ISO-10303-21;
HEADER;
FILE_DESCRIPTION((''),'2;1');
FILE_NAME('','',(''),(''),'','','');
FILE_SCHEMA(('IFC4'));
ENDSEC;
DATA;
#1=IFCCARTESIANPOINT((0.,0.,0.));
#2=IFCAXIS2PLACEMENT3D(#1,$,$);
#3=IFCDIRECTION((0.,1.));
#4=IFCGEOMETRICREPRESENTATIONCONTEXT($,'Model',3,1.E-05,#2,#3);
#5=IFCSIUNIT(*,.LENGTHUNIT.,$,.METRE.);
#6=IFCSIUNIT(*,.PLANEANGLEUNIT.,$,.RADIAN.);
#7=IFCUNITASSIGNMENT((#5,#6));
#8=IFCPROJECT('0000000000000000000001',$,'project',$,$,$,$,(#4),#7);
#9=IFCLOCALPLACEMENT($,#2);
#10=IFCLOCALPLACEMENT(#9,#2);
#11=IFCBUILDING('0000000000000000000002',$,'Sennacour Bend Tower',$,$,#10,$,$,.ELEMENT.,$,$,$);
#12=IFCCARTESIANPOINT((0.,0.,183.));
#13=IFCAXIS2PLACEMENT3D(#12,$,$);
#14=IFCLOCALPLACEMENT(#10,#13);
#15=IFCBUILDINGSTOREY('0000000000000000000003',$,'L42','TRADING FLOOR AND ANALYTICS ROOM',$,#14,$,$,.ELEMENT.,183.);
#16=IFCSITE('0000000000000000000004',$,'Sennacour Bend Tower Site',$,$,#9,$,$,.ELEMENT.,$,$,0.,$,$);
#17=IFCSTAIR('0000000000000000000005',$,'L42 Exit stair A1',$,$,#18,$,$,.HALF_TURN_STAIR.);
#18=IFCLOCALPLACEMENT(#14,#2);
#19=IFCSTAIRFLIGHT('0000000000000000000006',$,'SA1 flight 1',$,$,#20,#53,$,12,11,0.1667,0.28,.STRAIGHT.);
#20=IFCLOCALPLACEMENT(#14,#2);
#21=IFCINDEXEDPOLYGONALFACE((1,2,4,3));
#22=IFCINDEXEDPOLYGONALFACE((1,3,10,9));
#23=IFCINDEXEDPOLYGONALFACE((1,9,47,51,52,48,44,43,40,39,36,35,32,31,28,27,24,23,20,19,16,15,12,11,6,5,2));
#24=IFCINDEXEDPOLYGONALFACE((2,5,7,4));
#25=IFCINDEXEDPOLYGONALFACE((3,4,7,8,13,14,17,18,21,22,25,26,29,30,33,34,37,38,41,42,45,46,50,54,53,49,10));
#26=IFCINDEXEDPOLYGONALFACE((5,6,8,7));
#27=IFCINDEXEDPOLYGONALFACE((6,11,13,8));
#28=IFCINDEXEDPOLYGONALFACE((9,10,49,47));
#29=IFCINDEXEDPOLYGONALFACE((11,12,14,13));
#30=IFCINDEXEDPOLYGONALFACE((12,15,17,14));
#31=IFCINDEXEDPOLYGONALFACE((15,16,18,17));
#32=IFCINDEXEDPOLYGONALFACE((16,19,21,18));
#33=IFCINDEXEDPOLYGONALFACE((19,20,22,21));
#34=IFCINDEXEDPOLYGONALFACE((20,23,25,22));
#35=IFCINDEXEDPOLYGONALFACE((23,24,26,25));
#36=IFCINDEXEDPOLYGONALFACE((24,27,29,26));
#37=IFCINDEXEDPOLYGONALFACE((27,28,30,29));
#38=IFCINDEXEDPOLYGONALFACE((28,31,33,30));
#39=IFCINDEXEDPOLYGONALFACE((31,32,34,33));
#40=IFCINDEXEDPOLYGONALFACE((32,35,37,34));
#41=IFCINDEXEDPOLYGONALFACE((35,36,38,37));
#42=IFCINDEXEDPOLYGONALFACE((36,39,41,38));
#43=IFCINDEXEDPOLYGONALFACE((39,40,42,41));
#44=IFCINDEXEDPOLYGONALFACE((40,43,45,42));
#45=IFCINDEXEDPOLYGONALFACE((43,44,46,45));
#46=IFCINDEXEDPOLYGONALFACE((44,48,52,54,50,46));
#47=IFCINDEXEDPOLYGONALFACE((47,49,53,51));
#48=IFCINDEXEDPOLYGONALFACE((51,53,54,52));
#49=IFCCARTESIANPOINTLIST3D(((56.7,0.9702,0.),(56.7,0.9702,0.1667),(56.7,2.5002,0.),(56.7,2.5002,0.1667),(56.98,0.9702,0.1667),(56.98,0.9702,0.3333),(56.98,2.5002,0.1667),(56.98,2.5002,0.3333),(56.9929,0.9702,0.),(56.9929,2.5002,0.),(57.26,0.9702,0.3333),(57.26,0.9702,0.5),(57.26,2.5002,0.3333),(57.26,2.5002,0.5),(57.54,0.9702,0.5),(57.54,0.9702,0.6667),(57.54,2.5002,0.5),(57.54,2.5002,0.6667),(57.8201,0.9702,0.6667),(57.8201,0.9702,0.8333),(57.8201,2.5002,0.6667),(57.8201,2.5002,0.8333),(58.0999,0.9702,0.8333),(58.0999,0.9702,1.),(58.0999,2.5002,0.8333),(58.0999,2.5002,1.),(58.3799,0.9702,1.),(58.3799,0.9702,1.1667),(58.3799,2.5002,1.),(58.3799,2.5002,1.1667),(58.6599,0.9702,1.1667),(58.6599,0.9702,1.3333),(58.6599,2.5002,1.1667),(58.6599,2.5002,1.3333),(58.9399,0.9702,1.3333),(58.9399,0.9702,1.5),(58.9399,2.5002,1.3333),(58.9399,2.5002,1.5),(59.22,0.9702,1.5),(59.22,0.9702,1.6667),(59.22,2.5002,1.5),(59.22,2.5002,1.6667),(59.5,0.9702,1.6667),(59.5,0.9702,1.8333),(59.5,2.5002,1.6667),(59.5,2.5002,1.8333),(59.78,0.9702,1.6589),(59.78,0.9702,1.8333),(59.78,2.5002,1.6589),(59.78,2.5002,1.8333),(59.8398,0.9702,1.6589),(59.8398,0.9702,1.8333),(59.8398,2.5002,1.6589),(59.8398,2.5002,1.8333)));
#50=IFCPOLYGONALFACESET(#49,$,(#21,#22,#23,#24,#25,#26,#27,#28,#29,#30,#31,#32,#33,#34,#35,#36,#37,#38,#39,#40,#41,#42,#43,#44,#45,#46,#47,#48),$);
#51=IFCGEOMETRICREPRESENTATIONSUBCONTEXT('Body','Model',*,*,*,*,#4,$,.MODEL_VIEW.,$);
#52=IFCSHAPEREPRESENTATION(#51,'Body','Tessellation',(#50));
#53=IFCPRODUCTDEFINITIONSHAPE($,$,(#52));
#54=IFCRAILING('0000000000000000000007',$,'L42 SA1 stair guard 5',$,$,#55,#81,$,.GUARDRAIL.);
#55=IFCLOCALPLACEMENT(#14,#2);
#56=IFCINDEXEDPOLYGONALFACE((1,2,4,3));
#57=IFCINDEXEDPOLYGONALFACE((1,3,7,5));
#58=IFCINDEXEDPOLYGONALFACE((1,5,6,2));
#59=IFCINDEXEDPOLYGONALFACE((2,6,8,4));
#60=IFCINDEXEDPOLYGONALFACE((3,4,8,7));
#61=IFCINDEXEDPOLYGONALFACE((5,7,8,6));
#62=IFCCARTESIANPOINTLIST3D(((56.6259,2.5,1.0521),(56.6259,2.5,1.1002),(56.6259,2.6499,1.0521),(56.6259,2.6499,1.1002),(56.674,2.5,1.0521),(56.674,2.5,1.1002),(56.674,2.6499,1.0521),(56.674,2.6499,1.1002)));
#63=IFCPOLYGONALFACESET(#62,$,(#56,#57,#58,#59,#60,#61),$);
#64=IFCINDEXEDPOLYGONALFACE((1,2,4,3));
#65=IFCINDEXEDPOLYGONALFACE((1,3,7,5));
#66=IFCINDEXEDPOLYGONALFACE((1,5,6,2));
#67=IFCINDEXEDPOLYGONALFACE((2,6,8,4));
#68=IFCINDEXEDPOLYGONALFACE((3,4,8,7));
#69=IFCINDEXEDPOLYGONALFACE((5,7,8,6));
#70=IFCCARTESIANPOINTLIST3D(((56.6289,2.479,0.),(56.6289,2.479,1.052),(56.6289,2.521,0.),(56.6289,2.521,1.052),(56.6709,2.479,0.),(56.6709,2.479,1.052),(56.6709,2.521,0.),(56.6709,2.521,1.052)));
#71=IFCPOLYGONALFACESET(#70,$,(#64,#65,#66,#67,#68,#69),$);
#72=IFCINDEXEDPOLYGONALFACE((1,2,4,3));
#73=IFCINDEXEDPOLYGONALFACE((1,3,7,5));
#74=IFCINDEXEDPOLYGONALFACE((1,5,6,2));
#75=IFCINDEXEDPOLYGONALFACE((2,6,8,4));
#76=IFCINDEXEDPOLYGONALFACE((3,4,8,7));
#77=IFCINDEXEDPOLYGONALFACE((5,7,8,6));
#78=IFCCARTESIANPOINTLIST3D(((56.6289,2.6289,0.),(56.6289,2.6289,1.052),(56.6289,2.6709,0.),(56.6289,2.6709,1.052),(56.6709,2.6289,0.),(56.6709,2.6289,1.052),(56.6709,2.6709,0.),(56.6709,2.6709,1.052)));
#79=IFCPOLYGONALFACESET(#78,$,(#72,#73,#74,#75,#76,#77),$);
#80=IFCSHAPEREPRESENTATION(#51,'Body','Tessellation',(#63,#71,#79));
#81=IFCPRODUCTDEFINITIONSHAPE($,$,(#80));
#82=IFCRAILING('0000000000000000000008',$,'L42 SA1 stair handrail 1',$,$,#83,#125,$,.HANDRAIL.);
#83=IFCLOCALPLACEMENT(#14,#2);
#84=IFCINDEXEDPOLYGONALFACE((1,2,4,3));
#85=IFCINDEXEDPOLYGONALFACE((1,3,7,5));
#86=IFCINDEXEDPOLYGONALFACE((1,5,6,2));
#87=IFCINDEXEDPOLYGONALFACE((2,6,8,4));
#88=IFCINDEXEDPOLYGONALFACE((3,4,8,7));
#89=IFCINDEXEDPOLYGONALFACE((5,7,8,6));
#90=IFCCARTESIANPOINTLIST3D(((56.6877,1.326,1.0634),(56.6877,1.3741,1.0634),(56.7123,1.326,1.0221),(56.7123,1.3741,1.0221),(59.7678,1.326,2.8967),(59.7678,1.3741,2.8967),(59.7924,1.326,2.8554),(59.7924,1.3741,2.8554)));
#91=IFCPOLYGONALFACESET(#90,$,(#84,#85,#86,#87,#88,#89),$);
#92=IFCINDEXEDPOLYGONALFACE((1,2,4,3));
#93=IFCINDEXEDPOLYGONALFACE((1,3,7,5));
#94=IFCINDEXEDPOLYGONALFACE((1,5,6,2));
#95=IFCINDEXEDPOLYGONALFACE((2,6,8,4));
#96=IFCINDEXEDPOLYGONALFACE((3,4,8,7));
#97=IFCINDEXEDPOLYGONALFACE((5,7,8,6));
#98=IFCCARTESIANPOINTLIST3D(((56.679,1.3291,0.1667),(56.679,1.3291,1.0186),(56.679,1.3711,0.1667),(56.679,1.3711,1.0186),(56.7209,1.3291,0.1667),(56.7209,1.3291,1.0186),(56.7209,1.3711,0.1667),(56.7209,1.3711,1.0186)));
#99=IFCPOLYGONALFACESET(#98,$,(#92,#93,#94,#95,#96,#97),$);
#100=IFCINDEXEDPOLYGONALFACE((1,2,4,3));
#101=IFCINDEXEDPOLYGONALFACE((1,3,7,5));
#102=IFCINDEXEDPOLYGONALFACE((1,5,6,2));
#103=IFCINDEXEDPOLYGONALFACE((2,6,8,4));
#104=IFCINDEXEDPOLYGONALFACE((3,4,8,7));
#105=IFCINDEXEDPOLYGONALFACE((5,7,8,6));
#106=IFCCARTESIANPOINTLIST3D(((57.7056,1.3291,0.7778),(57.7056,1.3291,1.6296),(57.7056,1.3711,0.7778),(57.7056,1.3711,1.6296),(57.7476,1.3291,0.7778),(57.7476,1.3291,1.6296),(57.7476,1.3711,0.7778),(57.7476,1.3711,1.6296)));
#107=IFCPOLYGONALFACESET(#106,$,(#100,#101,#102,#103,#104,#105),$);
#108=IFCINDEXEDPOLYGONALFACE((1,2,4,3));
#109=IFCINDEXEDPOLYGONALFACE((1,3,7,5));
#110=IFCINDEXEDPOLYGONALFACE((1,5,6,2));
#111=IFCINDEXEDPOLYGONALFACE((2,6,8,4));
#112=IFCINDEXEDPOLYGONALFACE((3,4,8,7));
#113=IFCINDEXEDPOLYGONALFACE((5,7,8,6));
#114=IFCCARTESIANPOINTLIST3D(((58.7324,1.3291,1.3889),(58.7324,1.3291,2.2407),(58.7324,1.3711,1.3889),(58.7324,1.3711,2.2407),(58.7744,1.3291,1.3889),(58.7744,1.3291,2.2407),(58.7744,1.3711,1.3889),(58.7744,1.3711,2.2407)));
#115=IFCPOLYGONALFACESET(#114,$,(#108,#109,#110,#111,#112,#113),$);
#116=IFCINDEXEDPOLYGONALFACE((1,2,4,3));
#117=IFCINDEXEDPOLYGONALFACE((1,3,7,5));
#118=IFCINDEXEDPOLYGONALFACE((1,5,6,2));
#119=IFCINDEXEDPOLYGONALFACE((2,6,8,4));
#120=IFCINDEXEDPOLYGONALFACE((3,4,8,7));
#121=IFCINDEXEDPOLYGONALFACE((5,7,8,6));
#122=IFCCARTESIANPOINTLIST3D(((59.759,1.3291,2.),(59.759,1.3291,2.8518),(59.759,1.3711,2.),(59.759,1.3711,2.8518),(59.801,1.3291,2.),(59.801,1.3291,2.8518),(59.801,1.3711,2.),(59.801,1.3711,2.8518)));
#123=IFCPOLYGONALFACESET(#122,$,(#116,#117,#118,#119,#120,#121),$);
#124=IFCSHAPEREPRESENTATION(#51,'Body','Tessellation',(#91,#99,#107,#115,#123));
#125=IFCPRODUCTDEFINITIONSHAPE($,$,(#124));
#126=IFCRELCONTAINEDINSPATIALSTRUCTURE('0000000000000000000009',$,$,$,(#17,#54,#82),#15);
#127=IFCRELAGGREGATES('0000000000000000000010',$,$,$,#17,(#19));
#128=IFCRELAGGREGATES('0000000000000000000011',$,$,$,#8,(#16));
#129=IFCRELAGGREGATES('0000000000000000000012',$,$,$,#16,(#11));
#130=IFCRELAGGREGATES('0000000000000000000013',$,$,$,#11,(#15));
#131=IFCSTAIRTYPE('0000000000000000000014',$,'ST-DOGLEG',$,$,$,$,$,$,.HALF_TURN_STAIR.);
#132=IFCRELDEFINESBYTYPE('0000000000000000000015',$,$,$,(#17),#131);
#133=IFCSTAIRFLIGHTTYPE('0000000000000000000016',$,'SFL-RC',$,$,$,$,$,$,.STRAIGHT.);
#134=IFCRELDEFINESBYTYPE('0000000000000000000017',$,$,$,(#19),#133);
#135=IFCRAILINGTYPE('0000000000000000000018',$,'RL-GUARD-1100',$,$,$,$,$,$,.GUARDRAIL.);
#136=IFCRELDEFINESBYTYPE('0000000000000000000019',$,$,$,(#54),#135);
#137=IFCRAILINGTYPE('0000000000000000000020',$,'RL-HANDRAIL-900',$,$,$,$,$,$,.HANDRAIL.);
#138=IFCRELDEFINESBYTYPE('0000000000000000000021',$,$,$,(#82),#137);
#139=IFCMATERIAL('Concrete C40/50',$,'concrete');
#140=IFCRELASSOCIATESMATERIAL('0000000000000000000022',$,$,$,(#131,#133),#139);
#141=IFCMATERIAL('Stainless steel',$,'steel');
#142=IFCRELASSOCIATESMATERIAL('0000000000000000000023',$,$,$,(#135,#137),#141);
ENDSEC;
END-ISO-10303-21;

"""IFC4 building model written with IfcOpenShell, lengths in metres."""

from ifc_helpers import new_model, si_unit, direction, frame, origin, origin_2d, place, context, subcontext, project, spatial, polyline, rectangle, outline, extrude, material, type_object, element, aggregate, save


model = new_model("IFC4")

# Units and contexts
model_context = context("Model", 3, precision=1e-05, world=origin(), true_north=direction((0.0, 1.0)))
body_context = subcontext(model_context, "Body", "Model", "MODEL_VIEW")
ifc_project = project(units=[si_unit("LENGTHUNIT", "METRE"), si_unit("PLANEANGLEUNIT", "RADIAN")], contexts=[model_context])

# Site, building, storey
site_placement = place(None, origin())
site = spatial("IfcSite", under=ifc_project, at=site_placement, Name="Sennacour Bend Tower Site", CompositionType="ELEMENT", RefElevation=0.0)
building_placement = place(site_placement, origin())
building = spatial("IfcBuilding", under=site, at=building_placement, Name="Sennacour Bend Tower", CompositionType="ELEMENT")
storey_placement = place(building_placement, frame((0.0, 0.0, 183.0)))
storey = spatial("IfcBuildingStorey", under=building, at=storey_placement, Name="L42", Description="TRADING FLOOR AND ANALYTICS ROOM", CompositionType="ELEMENT", Elevation=183.0)

# Shared definitions
ifc_material_1 = material(Name="Stainless steel", Category="steel")

# Stair, stair flight
ifc_material_2 = material(Name="Concrete C40/50", Category="concrete")
stair_type = type_object("IfcStairType", Name="ST-DOGLEG", PredefinedType="HALF_TURN_STAIR", material=ifc_material_2)
stair_placement = place(storey_placement, origin())
stair = element("IfcStair", 1, at=stair_placement, inside=storey, type_object=stair_type, Name="L42 Exit stair A1", PredefinedType="HALF_TURN_STAIR")
stair_flight_type = type_object("IfcStairFlightType", Name="SFL-RC", PredefinedType="STRAIGHT", material=ifc_material_2)
stair_flight_placement = place(storey_placement, frame((56.7, 1.7351, 0.0), z_axis=(0.0, 0.0, 1.0), x_axis=(1.0, 0.0, 0.0)))
stair_flight = element("IfcStairFlight", 2, at=stair_flight_placement, type_object=stair_flight_type, Name="SA1 flight 1", NumberOfRisers=12, NumberOfTreads=11, PredefinedType="STRAIGHT", RiserHeight=0.1667, TreadLength=0.28, context=body_context, shape_type="SweptSolid", body=[
    extrude(outline(polyline([(0.0, 0.0), (0.0, 0.1667), (0.28, 0.1667), (0.28, 0.3333), (0.5601, 0.3333), (0.5601, 0.5), (0.8401, 0.5), (0.8401, 0.6667), (1.1201, 0.6667), (1.1201, 0.8333), (1.3999, 0.8333), (1.3999, 1.0), (1.6799, 1.0), (1.6799, 1.1667), (1.96, 1.1667), (1.96, 1.3333), (2.24, 1.3333), (2.24, 1.5), (2.52, 1.5), (2.52, 1.6667), (2.8, 1.6667), (2.8, 1.8333), (3.0801, 1.8333), (3.1399, 1.8333), (3.1399, 1.6589), (3.0801, 1.6589), (0.293, 0.0), (0.0, 0.0)])), frame((0.0, 0.7651, 0.0), z_axis=(0.0, -1.0, 0.0), x_axis=(1.0, 0.0, 0.0)), (0.0, 0.0, 1.0), 1.53),
])
aggregate(stair, [stair_flight])

# Railings
railing_type_1 = type_object("IfcRailingType", Name="RL-GUARD-1100", PredefinedType="GUARDRAIL", material=ifc_material_1)
railing_1_placement = place(storey_placement, frame((56.6499, 2.5, 0.0)))
element("IfcRailing", 3, at=railing_1_placement, inside=storey, type_object=railing_type_1, Name="L42 SA1 stair guard 5", PredefinedType="GUARDRAIL", context=body_context, shape_type="SweptSolid", body=[
    extrude(rectangle(XDim=0.0481, YDim=0.0481, at=origin_2d()), frame((0.0, 0.0, 1.0762), z_axis=(0.0, 1.0, 0.0), x_axis=(-1.0, 0.0, 0.0)), (0.0, 0.0, 1.0), 0.1499),
    extrude(rectangle(XDim=0.042, YDim=0.042, at=origin_2d()), origin(), (0.0, 0.0, 1.0), 1.052),
    extrude(rectangle(XDim=0.042, YDim=0.042, at=origin_2d()), frame((0.0, 0.1499, 0.0)), (0.0, 0.0, 1.0), 1.052),
])
railing_type_2 = type_object("IfcRailingType", Name="RL-HANDRAIL-900", PredefinedType="HANDRAIL", material=ifc_material_1)
railing_2_placement = place(storey_placement, frame((56.7, 1.3501, 0.1667)))
element("IfcRailing", 4, at=railing_2_placement, inside=storey, type_object=railing_type_2, Name="L42 SA1 stair handrail 1", PredefinedType="HANDRAIL", context=body_context, shape_type="SweptSolid", body=[
    extrude(rectangle(XDim=0.0481, YDim=0.0481, at=origin_2d()), frame((0.0, 0.0, 0.876), z_axis=(0.859309, 0.0, 0.511458), x_axis=(0.0, 1.0, 0.0)), (0.0, 0.0, 1.0), 3.5845),
    extrude(rectangle(XDim=0.042, YDim=0.042, at=origin_2d()), origin(), (0.0, 0.0, 1.0), 0.8518),
    extrude(rectangle(XDim=0.042, YDim=0.042, at=origin_2d()), frame((1.0266, 0.0, 0.6111)), (0.0, 0.0, 1.0), 0.8518),
    extrude(rectangle(XDim=0.042, YDim=0.042, at=origin_2d()), frame((2.0535, 0.0, 1.2222)), (0.0, 0.0, 1.0), 0.8518),
    extrude(rectangle(XDim=0.042, YDim=0.042, at=origin_2d()), frame((3.0801, 0.0, 1.8333)), (0.0, 0.0, 1.0), 0.8518),
])

save(model, "model.ifc")
